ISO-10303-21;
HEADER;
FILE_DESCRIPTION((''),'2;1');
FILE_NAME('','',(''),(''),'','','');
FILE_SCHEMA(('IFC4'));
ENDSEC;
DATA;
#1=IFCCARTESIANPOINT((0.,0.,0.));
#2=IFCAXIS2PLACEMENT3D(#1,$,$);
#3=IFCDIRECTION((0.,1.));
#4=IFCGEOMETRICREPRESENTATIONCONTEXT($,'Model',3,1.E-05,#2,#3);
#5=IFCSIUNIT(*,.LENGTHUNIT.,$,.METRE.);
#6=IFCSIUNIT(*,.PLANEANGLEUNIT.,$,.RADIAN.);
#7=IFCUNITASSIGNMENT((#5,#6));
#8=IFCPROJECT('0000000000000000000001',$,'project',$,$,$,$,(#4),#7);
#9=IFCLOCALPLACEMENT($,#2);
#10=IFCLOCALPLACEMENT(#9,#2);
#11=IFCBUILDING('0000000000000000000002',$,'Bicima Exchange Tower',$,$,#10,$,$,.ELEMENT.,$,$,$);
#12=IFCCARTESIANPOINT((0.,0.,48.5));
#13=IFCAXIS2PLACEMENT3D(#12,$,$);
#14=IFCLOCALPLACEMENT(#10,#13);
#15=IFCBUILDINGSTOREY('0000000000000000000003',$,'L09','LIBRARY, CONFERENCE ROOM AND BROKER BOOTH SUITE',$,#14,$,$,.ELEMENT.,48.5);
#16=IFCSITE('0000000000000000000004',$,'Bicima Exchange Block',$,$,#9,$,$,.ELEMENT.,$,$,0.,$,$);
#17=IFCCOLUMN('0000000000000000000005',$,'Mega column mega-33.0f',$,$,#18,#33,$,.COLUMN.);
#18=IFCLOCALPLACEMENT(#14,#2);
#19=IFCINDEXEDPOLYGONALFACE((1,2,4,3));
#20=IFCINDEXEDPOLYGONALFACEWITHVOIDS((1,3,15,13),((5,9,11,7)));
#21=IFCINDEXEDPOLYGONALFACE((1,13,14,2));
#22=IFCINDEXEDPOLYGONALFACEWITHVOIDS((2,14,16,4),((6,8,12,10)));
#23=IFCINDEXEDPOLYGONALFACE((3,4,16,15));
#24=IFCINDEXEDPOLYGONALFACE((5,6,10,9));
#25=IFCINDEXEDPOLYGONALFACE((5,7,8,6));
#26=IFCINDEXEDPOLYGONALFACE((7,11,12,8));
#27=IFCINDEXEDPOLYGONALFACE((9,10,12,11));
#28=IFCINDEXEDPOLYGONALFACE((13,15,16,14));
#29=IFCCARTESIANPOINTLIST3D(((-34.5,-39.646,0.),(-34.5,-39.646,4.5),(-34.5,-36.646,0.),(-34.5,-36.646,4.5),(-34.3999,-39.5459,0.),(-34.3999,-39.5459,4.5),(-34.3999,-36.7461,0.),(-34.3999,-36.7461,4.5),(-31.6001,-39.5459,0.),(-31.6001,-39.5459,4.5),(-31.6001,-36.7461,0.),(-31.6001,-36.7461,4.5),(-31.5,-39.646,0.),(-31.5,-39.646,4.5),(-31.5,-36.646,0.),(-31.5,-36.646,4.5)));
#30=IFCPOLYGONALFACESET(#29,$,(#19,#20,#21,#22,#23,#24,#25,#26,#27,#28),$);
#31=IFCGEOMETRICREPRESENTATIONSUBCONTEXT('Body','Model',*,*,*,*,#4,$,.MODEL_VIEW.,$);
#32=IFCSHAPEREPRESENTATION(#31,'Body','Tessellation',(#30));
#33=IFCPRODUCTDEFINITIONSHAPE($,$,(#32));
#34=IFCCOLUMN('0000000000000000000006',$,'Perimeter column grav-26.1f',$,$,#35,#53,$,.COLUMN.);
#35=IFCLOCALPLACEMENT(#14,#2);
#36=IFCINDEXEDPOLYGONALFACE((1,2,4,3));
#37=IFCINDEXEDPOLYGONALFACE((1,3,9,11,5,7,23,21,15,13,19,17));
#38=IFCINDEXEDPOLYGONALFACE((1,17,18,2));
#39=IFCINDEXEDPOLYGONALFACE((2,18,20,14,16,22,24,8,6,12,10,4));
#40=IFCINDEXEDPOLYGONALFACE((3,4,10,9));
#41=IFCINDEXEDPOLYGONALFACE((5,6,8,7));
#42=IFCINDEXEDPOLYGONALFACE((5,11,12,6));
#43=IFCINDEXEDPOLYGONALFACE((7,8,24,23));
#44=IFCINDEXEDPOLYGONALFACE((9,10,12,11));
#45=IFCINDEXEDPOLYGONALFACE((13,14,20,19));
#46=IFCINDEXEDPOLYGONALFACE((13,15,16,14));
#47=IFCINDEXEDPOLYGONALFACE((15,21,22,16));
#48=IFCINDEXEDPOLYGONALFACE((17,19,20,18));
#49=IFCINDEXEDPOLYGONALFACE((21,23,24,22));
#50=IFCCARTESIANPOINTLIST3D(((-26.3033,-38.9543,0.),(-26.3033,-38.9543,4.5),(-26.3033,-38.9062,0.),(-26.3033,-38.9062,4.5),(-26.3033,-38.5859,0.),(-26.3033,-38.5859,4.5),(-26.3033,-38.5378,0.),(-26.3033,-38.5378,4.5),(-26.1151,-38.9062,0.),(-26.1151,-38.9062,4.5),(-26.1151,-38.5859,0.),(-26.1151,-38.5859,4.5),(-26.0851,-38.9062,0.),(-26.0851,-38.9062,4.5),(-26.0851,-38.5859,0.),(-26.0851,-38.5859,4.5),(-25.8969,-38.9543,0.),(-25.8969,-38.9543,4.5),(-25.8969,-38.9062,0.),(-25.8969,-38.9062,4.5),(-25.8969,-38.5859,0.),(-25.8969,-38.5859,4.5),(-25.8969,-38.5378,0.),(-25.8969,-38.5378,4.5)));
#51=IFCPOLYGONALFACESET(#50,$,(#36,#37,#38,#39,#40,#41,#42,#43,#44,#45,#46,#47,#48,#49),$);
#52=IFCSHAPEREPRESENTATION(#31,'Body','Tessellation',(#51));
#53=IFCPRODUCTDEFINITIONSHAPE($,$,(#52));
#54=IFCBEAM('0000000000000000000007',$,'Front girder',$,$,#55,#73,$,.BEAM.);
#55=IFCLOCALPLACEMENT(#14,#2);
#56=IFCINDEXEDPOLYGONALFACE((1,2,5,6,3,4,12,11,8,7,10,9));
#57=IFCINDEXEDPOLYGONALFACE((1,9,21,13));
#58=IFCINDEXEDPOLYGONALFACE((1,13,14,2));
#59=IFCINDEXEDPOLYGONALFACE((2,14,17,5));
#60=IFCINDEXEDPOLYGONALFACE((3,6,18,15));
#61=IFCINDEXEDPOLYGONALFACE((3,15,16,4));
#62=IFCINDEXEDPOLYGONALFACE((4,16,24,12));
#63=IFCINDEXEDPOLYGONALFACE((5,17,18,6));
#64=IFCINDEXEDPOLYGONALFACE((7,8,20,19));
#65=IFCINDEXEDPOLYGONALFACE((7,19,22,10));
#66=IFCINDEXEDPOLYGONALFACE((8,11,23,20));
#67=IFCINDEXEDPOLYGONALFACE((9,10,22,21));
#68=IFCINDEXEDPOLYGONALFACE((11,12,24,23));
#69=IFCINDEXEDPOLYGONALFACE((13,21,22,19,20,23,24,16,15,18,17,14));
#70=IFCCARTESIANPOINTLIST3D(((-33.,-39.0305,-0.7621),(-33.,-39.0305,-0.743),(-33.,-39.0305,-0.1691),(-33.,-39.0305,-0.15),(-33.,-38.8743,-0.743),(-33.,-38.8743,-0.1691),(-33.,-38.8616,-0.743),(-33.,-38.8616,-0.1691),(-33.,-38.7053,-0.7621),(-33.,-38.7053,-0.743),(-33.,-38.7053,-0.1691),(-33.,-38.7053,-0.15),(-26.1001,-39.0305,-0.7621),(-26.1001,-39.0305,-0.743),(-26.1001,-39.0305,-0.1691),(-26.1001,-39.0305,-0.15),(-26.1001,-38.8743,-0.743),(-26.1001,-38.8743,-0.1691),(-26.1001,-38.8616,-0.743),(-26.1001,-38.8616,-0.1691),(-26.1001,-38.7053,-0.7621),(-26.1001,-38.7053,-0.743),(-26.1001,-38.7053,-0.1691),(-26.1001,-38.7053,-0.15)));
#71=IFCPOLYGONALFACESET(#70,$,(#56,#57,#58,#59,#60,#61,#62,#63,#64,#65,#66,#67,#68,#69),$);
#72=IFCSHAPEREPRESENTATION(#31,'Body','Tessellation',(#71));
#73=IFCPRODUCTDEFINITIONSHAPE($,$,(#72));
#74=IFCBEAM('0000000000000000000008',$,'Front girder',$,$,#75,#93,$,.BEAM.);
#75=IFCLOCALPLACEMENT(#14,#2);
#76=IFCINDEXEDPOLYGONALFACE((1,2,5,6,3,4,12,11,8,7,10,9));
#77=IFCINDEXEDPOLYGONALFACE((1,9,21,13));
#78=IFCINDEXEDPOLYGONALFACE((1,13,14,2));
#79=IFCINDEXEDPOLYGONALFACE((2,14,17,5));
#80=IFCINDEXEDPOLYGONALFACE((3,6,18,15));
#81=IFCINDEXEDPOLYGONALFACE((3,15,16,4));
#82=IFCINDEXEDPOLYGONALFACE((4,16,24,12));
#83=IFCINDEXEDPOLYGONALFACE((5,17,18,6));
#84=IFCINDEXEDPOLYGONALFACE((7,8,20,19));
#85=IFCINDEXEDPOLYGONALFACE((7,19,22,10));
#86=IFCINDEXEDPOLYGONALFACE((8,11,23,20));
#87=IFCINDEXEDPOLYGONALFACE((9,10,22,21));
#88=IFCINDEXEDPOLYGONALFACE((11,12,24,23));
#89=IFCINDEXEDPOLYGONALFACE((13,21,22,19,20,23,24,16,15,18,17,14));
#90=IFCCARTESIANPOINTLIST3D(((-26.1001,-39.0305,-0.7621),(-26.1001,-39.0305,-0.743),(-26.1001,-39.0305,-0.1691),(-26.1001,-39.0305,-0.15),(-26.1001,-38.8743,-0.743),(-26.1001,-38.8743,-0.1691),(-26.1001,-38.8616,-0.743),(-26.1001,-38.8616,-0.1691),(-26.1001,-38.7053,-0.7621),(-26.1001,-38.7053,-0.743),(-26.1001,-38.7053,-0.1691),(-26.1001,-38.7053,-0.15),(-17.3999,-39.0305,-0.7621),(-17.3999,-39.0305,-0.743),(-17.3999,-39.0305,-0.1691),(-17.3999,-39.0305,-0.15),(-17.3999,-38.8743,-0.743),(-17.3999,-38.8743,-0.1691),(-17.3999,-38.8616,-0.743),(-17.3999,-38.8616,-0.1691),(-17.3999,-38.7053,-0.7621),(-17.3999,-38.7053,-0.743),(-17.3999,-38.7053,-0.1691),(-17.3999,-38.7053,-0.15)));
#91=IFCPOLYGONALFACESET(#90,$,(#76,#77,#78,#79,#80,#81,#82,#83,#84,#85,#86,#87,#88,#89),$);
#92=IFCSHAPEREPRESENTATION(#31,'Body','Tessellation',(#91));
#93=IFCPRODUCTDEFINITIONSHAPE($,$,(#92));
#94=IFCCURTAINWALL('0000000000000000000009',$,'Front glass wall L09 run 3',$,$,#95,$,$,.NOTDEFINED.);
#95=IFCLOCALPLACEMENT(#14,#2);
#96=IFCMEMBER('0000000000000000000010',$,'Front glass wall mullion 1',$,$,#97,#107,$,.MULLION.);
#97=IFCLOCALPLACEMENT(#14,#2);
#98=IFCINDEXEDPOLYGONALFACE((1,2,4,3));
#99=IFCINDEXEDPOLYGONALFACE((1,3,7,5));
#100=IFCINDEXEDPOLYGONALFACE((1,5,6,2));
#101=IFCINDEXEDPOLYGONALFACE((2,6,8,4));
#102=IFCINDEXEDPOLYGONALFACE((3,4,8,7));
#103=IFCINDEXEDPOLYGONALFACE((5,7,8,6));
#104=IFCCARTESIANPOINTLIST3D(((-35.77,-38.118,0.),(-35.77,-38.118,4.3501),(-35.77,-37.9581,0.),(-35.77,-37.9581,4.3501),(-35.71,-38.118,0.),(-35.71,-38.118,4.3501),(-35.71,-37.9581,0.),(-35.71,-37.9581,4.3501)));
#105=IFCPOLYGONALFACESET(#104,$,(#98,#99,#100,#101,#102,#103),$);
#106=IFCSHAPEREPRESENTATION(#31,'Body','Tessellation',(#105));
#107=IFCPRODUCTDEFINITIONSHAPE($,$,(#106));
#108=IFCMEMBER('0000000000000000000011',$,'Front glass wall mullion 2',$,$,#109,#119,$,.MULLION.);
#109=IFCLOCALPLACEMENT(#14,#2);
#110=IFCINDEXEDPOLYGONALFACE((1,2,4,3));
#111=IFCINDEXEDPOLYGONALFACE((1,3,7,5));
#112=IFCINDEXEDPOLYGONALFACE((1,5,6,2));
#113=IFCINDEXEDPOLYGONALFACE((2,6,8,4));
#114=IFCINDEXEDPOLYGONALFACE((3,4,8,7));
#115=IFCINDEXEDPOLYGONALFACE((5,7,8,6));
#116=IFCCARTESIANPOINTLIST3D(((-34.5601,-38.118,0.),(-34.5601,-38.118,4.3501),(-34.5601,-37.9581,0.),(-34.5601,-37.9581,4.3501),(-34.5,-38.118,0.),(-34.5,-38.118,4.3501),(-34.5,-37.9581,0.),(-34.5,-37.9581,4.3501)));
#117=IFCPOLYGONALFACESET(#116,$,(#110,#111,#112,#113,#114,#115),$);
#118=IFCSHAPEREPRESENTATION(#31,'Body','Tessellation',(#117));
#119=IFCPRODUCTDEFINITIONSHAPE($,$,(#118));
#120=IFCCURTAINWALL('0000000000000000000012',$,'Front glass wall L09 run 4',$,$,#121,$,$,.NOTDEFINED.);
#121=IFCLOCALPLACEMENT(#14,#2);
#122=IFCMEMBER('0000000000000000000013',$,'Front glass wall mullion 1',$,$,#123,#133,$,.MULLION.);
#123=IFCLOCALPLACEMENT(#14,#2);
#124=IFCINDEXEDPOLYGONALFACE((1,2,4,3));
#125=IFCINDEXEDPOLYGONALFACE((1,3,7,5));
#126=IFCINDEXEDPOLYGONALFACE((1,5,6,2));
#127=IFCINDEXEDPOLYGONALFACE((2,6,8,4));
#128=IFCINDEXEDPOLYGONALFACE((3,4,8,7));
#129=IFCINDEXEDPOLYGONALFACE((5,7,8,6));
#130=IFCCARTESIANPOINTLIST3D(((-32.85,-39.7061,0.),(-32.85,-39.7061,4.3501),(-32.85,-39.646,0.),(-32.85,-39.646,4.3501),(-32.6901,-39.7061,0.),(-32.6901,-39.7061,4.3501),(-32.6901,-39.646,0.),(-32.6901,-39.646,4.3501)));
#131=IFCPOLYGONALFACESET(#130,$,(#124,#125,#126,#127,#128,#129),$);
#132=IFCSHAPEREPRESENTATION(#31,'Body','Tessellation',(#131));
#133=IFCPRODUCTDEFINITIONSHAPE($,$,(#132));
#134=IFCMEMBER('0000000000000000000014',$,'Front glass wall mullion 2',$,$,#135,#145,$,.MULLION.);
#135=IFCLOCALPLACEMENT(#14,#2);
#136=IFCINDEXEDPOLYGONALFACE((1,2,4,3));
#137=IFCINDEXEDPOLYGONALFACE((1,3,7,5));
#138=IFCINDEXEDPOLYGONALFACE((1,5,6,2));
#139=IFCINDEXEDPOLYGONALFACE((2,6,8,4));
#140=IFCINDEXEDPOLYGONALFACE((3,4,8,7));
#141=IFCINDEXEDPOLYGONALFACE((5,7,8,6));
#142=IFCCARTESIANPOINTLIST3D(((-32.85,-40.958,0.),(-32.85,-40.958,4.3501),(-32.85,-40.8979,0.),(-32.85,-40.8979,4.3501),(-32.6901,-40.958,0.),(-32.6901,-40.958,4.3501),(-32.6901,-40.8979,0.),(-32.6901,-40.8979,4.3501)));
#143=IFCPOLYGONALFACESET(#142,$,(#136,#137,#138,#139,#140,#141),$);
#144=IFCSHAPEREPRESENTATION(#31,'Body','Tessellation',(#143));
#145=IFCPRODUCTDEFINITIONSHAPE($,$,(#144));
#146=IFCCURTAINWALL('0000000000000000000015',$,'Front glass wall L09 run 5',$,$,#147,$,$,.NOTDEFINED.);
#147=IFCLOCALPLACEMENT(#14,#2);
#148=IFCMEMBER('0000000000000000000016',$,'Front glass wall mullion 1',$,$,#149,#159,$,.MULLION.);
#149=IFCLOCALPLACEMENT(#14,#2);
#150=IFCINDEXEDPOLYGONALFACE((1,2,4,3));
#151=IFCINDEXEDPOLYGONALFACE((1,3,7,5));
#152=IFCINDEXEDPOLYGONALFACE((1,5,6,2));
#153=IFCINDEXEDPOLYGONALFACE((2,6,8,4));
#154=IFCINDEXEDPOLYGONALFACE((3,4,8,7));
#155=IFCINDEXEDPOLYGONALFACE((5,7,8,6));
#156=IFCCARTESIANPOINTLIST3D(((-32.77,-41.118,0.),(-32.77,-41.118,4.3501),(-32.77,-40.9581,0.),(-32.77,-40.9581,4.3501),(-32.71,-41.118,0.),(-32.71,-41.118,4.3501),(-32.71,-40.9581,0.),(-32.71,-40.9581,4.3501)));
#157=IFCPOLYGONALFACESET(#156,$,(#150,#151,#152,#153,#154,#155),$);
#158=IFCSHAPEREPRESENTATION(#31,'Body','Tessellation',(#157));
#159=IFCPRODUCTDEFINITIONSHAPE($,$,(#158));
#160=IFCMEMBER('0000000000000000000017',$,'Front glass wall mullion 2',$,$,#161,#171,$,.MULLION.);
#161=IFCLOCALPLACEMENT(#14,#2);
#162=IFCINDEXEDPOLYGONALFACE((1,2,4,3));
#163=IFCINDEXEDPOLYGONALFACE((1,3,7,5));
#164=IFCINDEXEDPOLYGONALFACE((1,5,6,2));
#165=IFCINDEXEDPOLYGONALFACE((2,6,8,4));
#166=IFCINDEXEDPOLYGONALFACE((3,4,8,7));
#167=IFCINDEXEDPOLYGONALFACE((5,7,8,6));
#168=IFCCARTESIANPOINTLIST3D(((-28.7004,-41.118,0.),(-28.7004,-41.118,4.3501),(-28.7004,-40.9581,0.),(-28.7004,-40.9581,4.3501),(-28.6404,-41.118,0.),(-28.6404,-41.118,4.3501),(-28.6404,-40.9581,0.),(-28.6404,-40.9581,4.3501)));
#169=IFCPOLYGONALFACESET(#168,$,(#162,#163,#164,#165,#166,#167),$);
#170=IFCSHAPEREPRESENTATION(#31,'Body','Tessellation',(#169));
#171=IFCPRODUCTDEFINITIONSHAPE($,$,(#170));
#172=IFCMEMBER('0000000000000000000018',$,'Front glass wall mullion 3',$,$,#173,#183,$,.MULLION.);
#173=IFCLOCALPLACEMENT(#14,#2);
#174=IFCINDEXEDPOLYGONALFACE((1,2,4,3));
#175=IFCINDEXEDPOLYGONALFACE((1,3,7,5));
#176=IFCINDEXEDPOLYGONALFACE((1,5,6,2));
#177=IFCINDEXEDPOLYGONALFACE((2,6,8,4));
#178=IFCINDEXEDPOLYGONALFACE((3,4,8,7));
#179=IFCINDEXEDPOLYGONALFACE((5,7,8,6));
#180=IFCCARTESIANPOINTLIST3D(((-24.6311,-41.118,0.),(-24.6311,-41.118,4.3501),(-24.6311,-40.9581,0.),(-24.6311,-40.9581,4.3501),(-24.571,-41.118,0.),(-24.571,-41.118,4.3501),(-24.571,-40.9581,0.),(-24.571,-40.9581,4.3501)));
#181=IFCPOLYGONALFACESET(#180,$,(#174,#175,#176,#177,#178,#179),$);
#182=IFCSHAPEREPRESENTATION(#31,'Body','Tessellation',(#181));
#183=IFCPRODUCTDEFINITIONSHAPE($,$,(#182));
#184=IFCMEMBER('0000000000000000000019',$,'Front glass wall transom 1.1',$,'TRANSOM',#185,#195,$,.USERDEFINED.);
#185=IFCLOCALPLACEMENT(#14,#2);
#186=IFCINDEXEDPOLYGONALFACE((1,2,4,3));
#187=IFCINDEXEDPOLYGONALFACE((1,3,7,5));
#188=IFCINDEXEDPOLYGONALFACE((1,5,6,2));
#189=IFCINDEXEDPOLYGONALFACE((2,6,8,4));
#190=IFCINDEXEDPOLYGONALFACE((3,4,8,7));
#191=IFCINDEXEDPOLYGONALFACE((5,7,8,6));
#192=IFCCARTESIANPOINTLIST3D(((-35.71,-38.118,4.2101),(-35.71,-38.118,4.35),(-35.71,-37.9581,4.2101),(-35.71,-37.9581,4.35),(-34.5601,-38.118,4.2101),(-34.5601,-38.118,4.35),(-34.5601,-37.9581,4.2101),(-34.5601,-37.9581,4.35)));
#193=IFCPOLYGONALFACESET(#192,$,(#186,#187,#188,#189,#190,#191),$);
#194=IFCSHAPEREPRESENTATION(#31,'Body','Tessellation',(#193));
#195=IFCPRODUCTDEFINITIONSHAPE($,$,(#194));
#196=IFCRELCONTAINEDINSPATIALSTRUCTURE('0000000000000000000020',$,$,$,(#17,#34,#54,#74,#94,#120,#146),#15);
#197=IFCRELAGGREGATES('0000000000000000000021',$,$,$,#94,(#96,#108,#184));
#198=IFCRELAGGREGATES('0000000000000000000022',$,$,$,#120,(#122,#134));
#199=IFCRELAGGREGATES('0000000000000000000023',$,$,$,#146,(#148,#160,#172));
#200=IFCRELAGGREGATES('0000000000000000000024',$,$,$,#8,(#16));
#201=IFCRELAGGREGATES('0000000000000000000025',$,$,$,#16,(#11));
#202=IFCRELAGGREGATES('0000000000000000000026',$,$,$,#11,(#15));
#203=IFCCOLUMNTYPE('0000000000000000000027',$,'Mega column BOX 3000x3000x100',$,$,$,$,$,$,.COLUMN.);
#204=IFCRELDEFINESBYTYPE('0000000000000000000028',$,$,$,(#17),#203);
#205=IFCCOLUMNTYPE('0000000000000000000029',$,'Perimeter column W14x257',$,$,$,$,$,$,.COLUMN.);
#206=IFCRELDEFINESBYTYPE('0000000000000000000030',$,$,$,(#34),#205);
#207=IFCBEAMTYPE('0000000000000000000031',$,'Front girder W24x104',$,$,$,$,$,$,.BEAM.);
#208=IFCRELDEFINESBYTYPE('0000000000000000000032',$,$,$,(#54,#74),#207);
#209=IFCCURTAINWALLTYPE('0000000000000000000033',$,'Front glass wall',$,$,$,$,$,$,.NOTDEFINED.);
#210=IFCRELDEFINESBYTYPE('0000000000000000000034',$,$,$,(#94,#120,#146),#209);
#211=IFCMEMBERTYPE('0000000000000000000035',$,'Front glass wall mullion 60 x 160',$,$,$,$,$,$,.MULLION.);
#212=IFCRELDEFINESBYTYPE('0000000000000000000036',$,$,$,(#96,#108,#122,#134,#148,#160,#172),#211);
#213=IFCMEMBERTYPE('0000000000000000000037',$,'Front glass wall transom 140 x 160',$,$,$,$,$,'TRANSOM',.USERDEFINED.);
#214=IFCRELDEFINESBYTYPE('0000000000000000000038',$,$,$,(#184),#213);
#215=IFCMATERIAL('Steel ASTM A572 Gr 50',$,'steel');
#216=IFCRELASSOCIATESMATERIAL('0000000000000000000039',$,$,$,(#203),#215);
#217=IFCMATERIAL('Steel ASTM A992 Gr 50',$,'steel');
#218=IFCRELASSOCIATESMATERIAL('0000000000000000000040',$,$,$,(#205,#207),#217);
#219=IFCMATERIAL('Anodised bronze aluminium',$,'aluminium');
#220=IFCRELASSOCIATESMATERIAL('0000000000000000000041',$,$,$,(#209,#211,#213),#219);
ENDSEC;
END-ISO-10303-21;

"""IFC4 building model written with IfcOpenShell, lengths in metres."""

from ifc_helpers import new_model, si_unit, direction, frame, origin, origin_2d, place, context, subcontext, project, spatial, rectangle, hollow_rectangle, i_section, extrude, material, material_profile, profile_set, type_object, element, aggregate, save


model = new_model("IFC4")

# Units and contexts
model_context = context("Model", 3, precision=1e-05, world=origin(), true_north=direction((0.0, 1.0)))
body_context = subcontext(model_context, "Body", "Model", "MODEL_VIEW")
ifc_project = project(units=[si_unit("LENGTHUNIT", "METRE"), si_unit("PLANEANGLEUNIT", "RADIAN")], contexts=[model_context])

# Site, building, storey
site_placement = place(None, origin())
site = spatial("IfcSite", under=ifc_project, at=site_placement, Name="Bicima Exchange Block", CompositionType="ELEMENT", RefElevation=0.0)
building_placement = place(site_placement, origin())
building = spatial("IfcBuilding", under=site, at=building_placement, Name="Bicima Exchange Tower", CompositionType="ELEMENT")
storey_placement = place(building_placement, frame((0.0, 0.0, 48.5)))
storey = spatial("IfcBuildingStorey", under=building, at=storey_placement, Name="L09", Description="LIBRARY, CONFERENCE ROOM AND BROKER BOOTH SUITE", CompositionType="ELEMENT", Elevation=48.5)

# Columns
ifc_material_1 = material(Name="Steel ASTM A572 Gr 50", Category="steel")
ifc_material_profile_1 = material_profile(ifc_material_1, hollow_rectangle(XDim=3.0, YDim=3.0, WallThickness=0.1001, at=origin_2d()))
ifc_profile_set_1 = profile_set([ifc_material_profile_1], Name="Steel ASTM A572 Gr 50")
column_type_1 = type_object("IfcColumnType", Name="Mega column BOX 3000x3000x100", PredefinedType="COLUMN", material=ifc_profile_set_1)
column_1_placement = place(storey_placement, frame((-33.0, -38.146, 0.0), z_axis=(0.0, 0.0, 1.0), x_axis=(1.0, 0.0, 0.0)))
element("IfcColumn", 1, at=column_1_placement, inside=storey, type_object=column_type_1, Name="Mega column mega-33.0f", PredefinedType="COLUMN", context=body_context, shape_type="SweptSolid", body=[
    extrude(hollow_rectangle(XDim=3.0, YDim=3.0, WallThickness=0.1001, at=origin_2d()), origin(), (0.0, 0.0, 1.0), 4.5),
])
ifc_material_2 = material(Name="Steel ASTM A992 Gr 50", Category="steel")
ifc_material_profile_2 = material_profile(ifc_material_2, i_section(OverallWidth=0.4065, OverallDepth=0.4165, WebThickness=0.03, FlangeThickness=0.0481, at=origin_2d()))
ifc_profile_set_2 = profile_set([ifc_material_profile_2], Name="Steel ASTM A992 Gr 50")
column_type_2 = type_object("IfcColumnType", Name="Perimeter column W14x257", PredefinedType="COLUMN", material=ifc_profile_set_2)
column_2_placement = place(storey_placement, frame((-26.1001, -38.7461, 0.0), z_axis=(0.0, 0.0, 1.0), x_axis=(1.0, 0.0, 0.0)))
element("IfcColumn", 2, at=column_2_placement, inside=storey, type_object=column_type_2, Name="Perimeter column grav-26.1f", PredefinedType="COLUMN", context=body_context, shape_type="SweptSolid", body=[
    extrude(i_section(OverallWidth=0.4065, OverallDepth=0.4165, WebThickness=0.03, FlangeThickness=0.0481, at=origin_2d()), origin(), (0.0, 0.0, 1.0), 4.5),
])

# Beams
ifc_material_profile_3 = material_profile(ifc_material_2, i_section(OverallWidth=0.3252, OverallDepth=0.6121, WebThickness=0.0127, FlangeThickness=0.019, at=origin_2d()))
ifc_profile_set_3 = profile_set([ifc_material_profile_3], Name="Steel ASTM A992 Gr 50")
beam_type = type_object("IfcBeamType", Name="Front girder W24x104", PredefinedType="BEAM", material=ifc_profile_set_3)
beam_1_placement = place(storey_placement, frame((-33.0, -38.8679, -0.4561), z_axis=(1.0, 0.0, 0.0), x_axis=(0.0, 1.0, 0.0)))
element("IfcBeam", 3, at=beam_1_placement, inside=storey, type_object=beam_type, Name="Front girder", PredefinedType="BEAM", context=body_context, shape_type="SweptSolid", body=[
    extrude(i_section(OverallWidth=0.3252, OverallDepth=0.6121, WebThickness=0.0127, FlangeThickness=0.019, at=origin_2d()), origin(), (0.0, 0.0, 1.0), 6.8999),
])
beam_2_placement = place(storey_placement, frame((-26.1001, -38.8679, -0.4561), z_axis=(1.0, 0.0, 0.0), x_axis=(0.0, 1.0, 0.0)))
element("IfcBeam", 4, at=beam_2_placement, inside=storey, type_object=beam_type, Name="Front girder", PredefinedType="BEAM", context=body_context, shape_type="SweptSolid", body=[
    extrude(i_section(OverallWidth=0.3252, OverallDepth=0.6121, WebThickness=0.0127, FlangeThickness=0.019, at=origin_2d()), origin(), (0.0, 0.0, 1.0), 8.7002),
])

# Curtain walls, members
ifc_material_3 = material(Name="Anodised bronze aluminium", Category="aluminium")
curtain_wall_type = type_object("IfcCurtainWallType", Name="Front glass wall", PredefinedType="NOTDEFINED", material=ifc_material_3)
curtain_wall_1_placement = place(storey_placement, origin())
curtain_wall_1 = element("IfcCurtainWall", 5, at=curtain_wall_1_placement, inside=storey, type_object=curtain_wall_type, Name="Front glass wall L09 run 3", PredefinedType="NOTDEFINED")
ifc_material_profile_4 = material_profile(ifc_material_3, rectangle(XDim=0.1599, YDim=0.0601, at=origin_2d()))
ifc_profile_set_4 = profile_set([ifc_material_profile_4], Name="Anodised bronze aluminium")
member_type_1 = type_object("IfcMemberType", Name="Front glass wall mullion 60 x 160", PredefinedType="MULLION", material=ifc_profile_set_4)
member_1_placement = place(storey_placement, frame((-35.74, -38.0381, 0.0), z_axis=(0.0, 0.0, 1.0), x_axis=(0.0, 1.0, 0.0)))
member_1 = element("IfcMember", 6, at=member_1_placement, type_object=member_type_1, Name="Front glass wall mullion 1", PredefinedType="MULLION", context=body_context, shape_type="SweptSolid", body=[
    extrude(rectangle(XDim=0.1599, YDim=0.0601, at=origin_2d()), origin(), (0.0, 0.0, 1.0), 4.3501),
])
member_2_placement = place(storey_placement, frame((-34.53, -38.0381, 0.0), z_axis=(0.0, 0.0, 1.0), x_axis=(0.0, 1.0, 0.0)))
member_2 = element("IfcMember", 7, at=member_2_placement, type_object=member_type_1, Name="Front glass wall mullion 2", PredefinedType="MULLION", context=body_context, shape_type="SweptSolid", body=[
    extrude(rectangle(XDim=0.1599, YDim=0.0601, at=origin_2d()), origin(), (0.0, 0.0, 1.0), 4.3501),
])
curtain_wall_2_placement = place(storey_placement, origin())
curtain_wall_2 = element("IfcCurtainWall", 8, at=curtain_wall_2_placement, inside=storey, type_object=curtain_wall_type, Name="Front glass wall L09 run 4", PredefinedType="NOTDEFINED")
member_3_placement = place(storey_placement, frame((-32.77, -39.676, 0.0), z_axis=(0.0, 0.0, 1.0), x_axis=(1.0, 0.0, 0.0)))
member_3 = element("IfcMember", 9, at=member_3_placement, type_object=member_type_1, Name="Front glass wall mullion 1", PredefinedType="MULLION", context=body_context, shape_type="SweptSolid", body=[
    extrude(rectangle(XDim=0.1599, YDim=0.0601, at=origin_2d()), origin(), (0.0, 0.0, 1.0), 4.3501),
])
member_4_placement = place(storey_placement, frame((-32.77, -40.928, 0.0), z_axis=(0.0, 0.0, 1.0), x_axis=(1.0, 0.0, 0.0)))
member_4 = element("IfcMember", 10, at=member_4_placement, type_object=member_type_1, Name="Front glass wall mullion 2", PredefinedType="MULLION", context=body_context, shape_type="SweptSolid", body=[
    extrude(rectangle(XDim=0.1599, YDim=0.0601, at=origin_2d()), origin(), (0.0, 0.0, 1.0), 4.3501),
])
curtain_wall_3_placement = place(storey_placement, origin())
curtain_wall_3 = element("IfcCurtainWall", 11, at=curtain_wall_3_placement, inside=storey, type_object=curtain_wall_type, Name="Front glass wall L09 run 5", PredefinedType="NOTDEFINED")
member_5_placement = place(storey_placement, frame((-32.74, -41.0381, 0.0), z_axis=(0.0, 0.0, 1.0), x_axis=(0.0, 1.0, 0.0)))
member_5 = element("IfcMember", 12, at=member_5_placement, type_object=member_type_1, Name="Front glass wall mullion 1", PredefinedType="MULLION", context=body_context, shape_type="SweptSolid", body=[
    extrude(rectangle(XDim=0.1599, YDim=0.0601, at=origin_2d()), origin(), (0.0, 0.0, 1.0), 4.3501),
])
member_6_placement = place(storey_placement, frame((-28.6704, -41.0381, 0.0), z_axis=(0.0, 0.0, 1.0), x_axis=(0.0, 1.0, 0.0)))
member_6 = element("IfcMember", 13, at=member_6_placement, type_object=member_type_1, Name="Front glass wall mullion 2", PredefinedType="MULLION", context=body_context, shape_type="SweptSolid", body=[
    extrude(rectangle(XDim=0.1599, YDim=0.0601, at=origin_2d()), origin(), (0.0, 0.0, 1.0), 4.3501),
])
member_7_placement = place(storey_placement, frame((-24.6011, -41.0381, 0.0), z_axis=(0.0, 0.0, 1.0), x_axis=(0.0, 1.0, 0.0)))
member_7 = element("IfcMember", 14, at=member_7_placement, type_object=member_type_1, Name="Front glass wall mullion 3", PredefinedType="MULLION", context=body_context, shape_type="SweptSolid", body=[
    extrude(rectangle(XDim=0.1599, YDim=0.0601, at=origin_2d()), origin(), (0.0, 0.0, 1.0), 4.3501),
])

# Member
ifc_material_profile_5 = material_profile(ifc_material_3, rectangle(XDim=0.1599, YDim=0.1399, at=origin_2d()))
ifc_profile_set_5 = profile_set([ifc_material_profile_5], Name="Anodised bronze aluminium")
member_type_2 = type_object("IfcMemberType", Name="Front glass wall transom 140 x 160", ElementType="TRANSOM", PredefinedType="USERDEFINED", material=ifc_profile_set_5)
member_8_placement = place(storey_placement, frame((-35.71, -38.0381, 4.28), z_axis=(1.0, 0.0, 0.0), x_axis=(0.0, 1.0, 0.0)))
member_8 = element("IfcMember", 15, at=member_8_placement, type_object=member_type_2, Name="Front glass wall transom 1.1", ObjectType="TRANSOM", PredefinedType="USERDEFINED", context=body_context, shape_type="SweptSolid", body=[
    extrude(rectangle(XDim=0.1599, YDim=0.1399, at=origin_2d()), origin(), (0.0, 0.0, 1.0), 1.1499),
])

aggregate(curtain_wall_1, [member_1, member_2, member_8])
aggregate(curtain_wall_2, [member_3, member_4])
aggregate(curtain_wall_3, [member_5, member_6, member_7])

save(model, "model.ifc")
